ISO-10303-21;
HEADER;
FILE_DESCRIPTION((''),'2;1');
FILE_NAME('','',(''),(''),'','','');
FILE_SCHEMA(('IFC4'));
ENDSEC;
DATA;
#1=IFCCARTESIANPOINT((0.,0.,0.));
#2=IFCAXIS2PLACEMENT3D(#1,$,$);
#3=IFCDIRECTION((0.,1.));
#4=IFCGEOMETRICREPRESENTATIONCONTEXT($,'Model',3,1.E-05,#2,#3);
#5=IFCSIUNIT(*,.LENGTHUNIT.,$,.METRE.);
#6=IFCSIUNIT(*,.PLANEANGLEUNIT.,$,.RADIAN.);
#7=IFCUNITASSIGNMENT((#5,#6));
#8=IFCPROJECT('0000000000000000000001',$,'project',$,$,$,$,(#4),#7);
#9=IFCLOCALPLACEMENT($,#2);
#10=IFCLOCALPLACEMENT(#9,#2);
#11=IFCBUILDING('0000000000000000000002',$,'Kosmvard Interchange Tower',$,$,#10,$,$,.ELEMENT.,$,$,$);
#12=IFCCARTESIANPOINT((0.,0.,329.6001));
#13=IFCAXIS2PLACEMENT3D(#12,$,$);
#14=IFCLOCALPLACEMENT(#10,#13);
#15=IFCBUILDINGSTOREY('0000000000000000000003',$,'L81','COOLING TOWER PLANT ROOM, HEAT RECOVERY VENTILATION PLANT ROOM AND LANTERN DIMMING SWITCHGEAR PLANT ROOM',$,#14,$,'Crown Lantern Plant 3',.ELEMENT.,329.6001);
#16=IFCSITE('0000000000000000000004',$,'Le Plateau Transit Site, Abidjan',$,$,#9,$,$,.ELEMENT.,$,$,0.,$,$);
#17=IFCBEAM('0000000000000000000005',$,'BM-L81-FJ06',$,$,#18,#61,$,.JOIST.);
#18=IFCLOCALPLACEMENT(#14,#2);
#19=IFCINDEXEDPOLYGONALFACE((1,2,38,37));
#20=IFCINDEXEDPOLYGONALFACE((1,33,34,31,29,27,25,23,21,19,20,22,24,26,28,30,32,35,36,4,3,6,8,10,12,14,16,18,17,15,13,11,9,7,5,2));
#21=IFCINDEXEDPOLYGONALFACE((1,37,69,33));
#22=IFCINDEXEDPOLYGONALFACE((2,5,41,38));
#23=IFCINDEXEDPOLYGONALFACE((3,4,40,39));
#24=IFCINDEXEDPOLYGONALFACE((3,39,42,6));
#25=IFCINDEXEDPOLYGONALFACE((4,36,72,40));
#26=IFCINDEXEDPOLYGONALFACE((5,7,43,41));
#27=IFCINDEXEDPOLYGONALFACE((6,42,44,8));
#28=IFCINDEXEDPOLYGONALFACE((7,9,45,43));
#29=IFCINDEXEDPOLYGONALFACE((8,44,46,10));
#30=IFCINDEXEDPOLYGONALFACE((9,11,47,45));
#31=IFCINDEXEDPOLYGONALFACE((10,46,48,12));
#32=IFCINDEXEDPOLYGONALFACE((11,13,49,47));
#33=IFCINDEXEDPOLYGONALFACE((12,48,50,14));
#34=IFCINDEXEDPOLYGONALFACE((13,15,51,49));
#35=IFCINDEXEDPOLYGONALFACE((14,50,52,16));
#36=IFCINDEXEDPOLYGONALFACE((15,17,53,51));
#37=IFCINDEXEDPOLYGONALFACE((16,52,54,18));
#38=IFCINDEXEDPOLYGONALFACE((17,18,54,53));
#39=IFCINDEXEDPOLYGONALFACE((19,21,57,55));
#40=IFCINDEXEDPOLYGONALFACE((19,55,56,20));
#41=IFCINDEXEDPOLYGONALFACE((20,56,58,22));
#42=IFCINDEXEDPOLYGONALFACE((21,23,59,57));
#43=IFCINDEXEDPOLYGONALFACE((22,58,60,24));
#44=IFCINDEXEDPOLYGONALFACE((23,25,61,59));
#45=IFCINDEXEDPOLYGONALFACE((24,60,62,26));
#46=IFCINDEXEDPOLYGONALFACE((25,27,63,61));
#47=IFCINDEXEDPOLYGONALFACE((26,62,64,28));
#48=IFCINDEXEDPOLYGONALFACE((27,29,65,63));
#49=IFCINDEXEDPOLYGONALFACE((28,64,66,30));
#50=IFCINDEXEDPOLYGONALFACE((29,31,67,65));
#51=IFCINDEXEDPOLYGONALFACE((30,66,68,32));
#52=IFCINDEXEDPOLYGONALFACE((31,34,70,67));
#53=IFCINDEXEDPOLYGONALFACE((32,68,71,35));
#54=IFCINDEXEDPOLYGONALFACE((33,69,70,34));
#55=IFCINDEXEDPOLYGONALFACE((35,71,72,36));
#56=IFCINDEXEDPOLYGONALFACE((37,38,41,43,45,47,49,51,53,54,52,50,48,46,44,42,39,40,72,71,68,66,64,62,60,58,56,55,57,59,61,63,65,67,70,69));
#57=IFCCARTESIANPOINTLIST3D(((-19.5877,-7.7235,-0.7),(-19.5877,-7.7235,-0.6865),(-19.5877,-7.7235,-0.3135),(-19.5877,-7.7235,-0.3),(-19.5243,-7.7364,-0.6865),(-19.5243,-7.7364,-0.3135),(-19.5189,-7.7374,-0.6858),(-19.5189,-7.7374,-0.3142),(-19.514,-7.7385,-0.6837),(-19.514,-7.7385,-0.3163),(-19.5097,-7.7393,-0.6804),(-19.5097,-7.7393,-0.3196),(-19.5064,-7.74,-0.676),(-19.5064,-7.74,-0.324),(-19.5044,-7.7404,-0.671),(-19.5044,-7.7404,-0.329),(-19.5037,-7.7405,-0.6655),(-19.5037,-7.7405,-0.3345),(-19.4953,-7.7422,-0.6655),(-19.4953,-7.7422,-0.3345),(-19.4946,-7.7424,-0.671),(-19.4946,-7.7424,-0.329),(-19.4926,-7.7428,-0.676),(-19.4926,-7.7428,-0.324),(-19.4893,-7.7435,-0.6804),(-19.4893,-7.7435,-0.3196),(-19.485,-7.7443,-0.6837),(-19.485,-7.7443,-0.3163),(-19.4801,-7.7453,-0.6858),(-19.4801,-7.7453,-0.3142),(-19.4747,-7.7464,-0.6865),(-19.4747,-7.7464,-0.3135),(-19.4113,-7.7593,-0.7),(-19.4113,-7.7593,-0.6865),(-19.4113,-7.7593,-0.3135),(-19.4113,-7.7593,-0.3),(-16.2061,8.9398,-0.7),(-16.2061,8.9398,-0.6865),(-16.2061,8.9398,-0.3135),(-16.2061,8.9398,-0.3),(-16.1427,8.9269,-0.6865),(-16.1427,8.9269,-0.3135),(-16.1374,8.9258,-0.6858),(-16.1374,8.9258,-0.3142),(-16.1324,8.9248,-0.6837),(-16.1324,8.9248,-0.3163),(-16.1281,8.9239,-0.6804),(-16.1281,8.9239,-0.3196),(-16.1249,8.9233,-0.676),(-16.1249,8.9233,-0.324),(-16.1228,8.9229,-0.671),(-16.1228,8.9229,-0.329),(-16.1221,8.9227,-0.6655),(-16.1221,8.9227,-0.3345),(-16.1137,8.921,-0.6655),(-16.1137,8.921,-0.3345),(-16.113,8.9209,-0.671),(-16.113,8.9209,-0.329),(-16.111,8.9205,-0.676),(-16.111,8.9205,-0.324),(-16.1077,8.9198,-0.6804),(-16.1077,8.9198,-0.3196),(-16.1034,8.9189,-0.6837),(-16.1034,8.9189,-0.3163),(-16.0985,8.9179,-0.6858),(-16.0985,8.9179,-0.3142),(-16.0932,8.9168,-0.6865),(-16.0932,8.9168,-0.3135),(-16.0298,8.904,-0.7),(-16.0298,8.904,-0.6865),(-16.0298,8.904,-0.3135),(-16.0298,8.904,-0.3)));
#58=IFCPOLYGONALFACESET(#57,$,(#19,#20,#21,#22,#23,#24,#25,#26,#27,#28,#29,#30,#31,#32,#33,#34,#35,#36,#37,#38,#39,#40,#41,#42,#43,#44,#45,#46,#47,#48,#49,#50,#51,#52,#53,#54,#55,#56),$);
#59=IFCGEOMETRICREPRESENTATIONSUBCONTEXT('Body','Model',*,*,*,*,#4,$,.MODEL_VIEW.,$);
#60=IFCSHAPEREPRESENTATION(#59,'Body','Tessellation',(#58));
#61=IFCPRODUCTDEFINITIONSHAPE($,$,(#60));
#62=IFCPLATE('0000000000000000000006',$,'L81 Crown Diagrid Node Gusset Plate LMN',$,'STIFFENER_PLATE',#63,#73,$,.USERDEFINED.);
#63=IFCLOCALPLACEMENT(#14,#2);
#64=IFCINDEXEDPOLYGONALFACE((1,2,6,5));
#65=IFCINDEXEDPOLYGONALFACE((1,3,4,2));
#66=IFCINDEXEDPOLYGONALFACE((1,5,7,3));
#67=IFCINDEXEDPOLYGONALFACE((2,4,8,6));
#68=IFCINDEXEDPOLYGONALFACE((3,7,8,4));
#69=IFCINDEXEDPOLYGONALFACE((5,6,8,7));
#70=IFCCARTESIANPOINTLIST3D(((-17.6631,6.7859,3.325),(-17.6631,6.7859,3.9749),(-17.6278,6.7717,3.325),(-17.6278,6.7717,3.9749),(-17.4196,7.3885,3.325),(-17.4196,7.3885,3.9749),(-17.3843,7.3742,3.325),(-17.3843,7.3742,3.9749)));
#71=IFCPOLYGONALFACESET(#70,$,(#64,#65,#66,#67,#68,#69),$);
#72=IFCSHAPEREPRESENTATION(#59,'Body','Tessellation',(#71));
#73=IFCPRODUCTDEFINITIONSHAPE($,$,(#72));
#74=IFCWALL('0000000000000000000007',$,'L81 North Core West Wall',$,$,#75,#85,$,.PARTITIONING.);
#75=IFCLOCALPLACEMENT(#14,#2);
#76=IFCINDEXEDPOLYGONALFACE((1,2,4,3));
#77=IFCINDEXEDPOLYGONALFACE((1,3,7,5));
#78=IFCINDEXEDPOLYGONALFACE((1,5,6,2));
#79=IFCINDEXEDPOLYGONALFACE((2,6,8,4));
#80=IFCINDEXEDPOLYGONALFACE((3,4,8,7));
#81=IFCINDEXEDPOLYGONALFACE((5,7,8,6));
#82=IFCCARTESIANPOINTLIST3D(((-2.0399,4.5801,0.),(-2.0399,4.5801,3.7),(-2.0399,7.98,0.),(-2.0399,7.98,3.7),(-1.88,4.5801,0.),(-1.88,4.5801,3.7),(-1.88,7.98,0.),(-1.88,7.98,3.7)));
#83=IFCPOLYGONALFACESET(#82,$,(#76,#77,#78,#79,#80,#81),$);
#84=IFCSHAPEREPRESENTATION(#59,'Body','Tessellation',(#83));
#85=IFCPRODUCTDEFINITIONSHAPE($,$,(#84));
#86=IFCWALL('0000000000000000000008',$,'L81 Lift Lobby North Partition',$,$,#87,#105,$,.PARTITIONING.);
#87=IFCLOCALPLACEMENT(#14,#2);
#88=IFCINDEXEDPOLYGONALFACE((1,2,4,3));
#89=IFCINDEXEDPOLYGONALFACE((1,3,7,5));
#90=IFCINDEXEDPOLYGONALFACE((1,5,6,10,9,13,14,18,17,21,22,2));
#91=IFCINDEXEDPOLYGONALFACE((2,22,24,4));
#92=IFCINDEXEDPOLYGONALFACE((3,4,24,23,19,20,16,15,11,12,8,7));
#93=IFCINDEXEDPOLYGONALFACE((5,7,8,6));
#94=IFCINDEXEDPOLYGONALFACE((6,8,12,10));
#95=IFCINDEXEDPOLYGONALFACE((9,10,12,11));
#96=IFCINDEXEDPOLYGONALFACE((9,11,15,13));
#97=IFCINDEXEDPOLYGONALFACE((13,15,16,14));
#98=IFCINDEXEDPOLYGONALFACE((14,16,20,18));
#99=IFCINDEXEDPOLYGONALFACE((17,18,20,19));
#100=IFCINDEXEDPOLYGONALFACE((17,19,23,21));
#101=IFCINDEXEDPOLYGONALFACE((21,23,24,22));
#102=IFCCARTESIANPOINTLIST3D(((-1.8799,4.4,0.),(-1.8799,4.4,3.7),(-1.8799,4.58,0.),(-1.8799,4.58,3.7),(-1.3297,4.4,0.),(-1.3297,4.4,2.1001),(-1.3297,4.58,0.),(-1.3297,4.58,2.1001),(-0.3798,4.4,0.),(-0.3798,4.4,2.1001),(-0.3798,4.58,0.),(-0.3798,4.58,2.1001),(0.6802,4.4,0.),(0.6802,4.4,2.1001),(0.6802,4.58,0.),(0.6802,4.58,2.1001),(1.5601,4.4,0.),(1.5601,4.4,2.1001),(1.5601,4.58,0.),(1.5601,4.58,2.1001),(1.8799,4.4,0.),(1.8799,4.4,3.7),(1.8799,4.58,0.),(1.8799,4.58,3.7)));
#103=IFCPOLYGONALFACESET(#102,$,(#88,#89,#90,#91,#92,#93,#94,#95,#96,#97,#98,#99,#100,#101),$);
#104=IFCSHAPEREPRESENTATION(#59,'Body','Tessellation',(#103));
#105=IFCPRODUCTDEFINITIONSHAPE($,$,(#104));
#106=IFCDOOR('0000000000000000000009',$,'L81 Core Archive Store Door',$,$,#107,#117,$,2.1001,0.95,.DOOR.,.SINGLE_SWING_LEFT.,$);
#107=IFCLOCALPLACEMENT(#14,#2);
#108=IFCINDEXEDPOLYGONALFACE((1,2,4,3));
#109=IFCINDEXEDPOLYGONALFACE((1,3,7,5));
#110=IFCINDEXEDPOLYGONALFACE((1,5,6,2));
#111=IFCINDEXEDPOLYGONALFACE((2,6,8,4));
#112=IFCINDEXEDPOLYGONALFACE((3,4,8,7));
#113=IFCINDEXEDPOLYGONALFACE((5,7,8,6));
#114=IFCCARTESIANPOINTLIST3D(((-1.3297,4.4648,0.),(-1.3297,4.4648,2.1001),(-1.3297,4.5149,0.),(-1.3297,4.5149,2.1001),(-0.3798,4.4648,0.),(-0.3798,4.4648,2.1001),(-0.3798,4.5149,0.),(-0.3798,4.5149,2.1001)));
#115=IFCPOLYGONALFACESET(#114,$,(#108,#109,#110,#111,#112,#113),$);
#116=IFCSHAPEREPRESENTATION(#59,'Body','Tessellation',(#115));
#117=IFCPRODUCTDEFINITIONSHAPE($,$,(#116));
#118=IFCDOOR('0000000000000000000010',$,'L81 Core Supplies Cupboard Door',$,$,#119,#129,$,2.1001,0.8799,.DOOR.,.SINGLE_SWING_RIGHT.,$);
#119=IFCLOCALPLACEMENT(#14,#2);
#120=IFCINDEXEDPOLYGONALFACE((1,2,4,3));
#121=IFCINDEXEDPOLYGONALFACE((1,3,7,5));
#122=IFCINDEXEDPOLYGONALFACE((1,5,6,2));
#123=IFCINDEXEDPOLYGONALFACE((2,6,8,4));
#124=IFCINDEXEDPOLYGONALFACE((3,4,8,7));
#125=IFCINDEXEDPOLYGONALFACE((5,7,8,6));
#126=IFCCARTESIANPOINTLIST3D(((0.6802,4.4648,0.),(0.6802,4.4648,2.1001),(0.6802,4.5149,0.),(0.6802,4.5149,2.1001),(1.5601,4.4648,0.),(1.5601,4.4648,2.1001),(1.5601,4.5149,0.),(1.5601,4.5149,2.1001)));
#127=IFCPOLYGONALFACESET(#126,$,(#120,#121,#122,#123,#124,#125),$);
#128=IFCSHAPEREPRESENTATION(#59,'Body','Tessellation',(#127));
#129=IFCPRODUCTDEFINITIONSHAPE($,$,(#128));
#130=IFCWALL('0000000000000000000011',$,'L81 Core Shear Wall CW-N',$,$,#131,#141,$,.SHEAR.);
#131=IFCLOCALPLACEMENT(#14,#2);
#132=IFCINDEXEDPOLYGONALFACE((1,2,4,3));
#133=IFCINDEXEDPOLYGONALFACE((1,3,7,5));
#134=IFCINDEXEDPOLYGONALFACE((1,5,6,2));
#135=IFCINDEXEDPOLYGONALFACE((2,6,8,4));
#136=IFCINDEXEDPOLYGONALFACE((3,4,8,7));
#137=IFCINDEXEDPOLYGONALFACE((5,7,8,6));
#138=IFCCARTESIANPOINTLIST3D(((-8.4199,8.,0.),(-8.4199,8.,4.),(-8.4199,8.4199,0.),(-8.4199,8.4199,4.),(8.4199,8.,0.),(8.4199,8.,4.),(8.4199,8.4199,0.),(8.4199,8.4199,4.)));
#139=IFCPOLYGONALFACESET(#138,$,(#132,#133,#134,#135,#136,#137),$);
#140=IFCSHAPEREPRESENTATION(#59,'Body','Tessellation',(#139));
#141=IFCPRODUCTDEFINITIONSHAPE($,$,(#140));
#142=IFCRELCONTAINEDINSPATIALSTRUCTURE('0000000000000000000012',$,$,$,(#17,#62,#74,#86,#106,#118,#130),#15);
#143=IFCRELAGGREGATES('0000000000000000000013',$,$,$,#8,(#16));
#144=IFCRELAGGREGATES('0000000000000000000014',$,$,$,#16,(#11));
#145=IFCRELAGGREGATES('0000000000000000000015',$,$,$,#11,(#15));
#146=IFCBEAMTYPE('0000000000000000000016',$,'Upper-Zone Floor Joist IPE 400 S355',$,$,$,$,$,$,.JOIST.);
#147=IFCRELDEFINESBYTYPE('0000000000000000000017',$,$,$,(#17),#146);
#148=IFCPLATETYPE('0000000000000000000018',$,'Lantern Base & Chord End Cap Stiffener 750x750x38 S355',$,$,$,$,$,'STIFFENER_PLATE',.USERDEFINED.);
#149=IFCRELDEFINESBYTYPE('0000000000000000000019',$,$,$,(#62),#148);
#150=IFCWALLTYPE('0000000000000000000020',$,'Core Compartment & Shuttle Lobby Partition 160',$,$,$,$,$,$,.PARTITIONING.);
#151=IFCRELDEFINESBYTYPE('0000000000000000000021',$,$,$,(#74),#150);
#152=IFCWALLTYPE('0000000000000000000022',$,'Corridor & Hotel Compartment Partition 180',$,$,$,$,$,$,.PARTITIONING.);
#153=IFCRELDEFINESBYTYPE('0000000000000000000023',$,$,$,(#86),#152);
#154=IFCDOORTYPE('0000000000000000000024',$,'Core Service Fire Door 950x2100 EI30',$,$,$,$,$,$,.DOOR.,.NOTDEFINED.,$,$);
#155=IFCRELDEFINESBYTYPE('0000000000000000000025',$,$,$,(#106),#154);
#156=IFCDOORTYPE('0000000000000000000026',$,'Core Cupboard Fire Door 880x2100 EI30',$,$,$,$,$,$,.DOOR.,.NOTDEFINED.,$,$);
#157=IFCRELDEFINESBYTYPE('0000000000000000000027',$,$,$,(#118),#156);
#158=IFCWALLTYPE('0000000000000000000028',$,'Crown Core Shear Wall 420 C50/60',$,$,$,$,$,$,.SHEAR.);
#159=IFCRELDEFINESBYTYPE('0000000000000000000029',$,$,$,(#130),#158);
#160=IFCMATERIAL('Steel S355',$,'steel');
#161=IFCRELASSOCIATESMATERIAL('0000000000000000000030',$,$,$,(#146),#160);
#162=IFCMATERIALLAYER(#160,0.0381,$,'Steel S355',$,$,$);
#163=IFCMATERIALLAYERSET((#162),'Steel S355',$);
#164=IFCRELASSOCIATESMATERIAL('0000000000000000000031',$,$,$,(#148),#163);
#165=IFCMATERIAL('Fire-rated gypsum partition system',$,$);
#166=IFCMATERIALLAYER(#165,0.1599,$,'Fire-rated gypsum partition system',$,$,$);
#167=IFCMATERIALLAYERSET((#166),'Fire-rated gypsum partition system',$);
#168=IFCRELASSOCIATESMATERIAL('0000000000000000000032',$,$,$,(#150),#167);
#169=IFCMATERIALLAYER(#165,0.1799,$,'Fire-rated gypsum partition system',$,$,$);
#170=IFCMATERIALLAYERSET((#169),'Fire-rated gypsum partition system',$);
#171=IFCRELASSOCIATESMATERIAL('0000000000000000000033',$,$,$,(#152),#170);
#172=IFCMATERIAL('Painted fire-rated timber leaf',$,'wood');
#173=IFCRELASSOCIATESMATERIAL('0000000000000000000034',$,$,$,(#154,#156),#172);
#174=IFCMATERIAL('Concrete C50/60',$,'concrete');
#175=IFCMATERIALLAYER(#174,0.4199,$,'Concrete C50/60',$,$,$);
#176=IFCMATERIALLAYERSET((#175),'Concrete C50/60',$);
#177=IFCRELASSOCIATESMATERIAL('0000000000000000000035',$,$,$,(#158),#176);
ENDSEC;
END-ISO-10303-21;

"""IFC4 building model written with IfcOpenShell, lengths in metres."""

from ifc_helpers import new_model, si_unit, direction, frame, frame_2d, origin, origin_2d, place, context, subcontext, project, spatial, rectangle, i_section, extrude, source, transform, mapped, material, layer, layer_set, material_profile, profile_set, type_object, element, fill, save


model = new_model("IFC4")

# Units and contexts
model_context = context("Model", 3, precision=1e-05, world=origin(), true_north=direction((0.0, 1.0)))
body_context = subcontext(model_context, "Body", "Model", "MODEL_VIEW")
ifc_project = project(units=[si_unit("LENGTHUNIT", "METRE"), si_unit("PLANEANGLEUNIT", "RADIAN")], contexts=[model_context])

# Site, building, storey
site_placement = place(None, origin())
site = spatial("IfcSite", under=ifc_project, at=site_placement, Name="Le Plateau Transit Site, Abidjan", CompositionType="ELEMENT", RefElevation=0.0)
building_placement = place(site_placement, origin())
building = spatial("IfcBuilding", under=site, at=building_placement, Name="Kosmvard Interchange Tower", CompositionType="ELEMENT")
storey_placement = place(building_placement, frame((0.0, 0.0, 329.6001)))
storey = spatial("IfcBuildingStorey", under=building, at=storey_placement, Name="L81", Description="COOLING TOWER PLANT ROOM, HEAT RECOVERY VENTILATION PLANT ROOM AND LANTERN DIMMING SWITCHGEAR PLANT ROOM", LongName="Crown Lantern Plant 3", CompositionType="ELEMENT", Elevation=329.6001)

# Shared definitions
ifc_material_1 = material(Name="Concrete C50/60", Category="concrete")
ifc_material_2 = material(Name="Steel S355", Category="steel")

# Beam
ifc_material_profile_1 = material_profile(ifc_material_2, i_section(OverallWidth=0.1799, OverallDepth=0.3999, WebThickness=0.0085, FlangeThickness=0.0134, FilletRadius=0.021, at=origin_2d()), Name="IPE 400")
ifc_profile_set_1 = profile_set([ifc_material_profile_1], Name="Steel S355")
beam_type_1 = type_object("IfcBeamType", Name="Upper-Zone Floor Joist IPE 400 S355", PredefinedType="JOIST", material=ifc_profile_set_1)
shared_shape_1 = source(origin(), body_context, "Body", "SweptSolid", [
    extrude(i_section(OverallWidth=0.1799, OverallDepth=0.3999, WebThickness=0.0085, FlangeThickness=0.0134, FilletRadius=0.021, at=origin_2d()), origin(), (0.0, 0.0, 1.0), 17.0029),
])
beam_1_placement = place(storey_placement, frame((-16.1179, 8.9219, -0.5), z_axis=(-0.198882, -0.980023, 0.0), x_axis=(0.980023, -0.198882, 0.0)))
element("IfcBeam", 1, at=beam_1_placement, inside=storey, type_object=beam_type_1, Name="BM-L81-FJ06", PredefinedType="JOIST", context=body_context, shape_type="MappedRepresentation", body=[
    mapped(shared_shape_1, transform((0.0, 0.0, 0.0), scale=1.0)),
])

# Plate
ifc_layer_1 = layer(ifc_material_2, 0.0381, Name="Steel S355")
ifc_layer_set_1 = layer_set([ifc_layer_1], Name="Steel S355")
plate_type = type_object("IfcPlateType", Name="Lantern Base & Chord End Cap Stiffener 750x750x38 S355", ElementType="STIFFENER_PLATE", PredefinedType="USERDEFINED", material=ifc_layer_set_1)
shared_shape_2 = source(origin(), body_context, "Body", "SweptSolid", [
    extrude(rectangle(XDim=0.6499, YDim=0.0381, at=origin_2d()), origin(), (0.0, 0.0, 1.0), 0.6499),
])
plate_placement = place(storey_placement, frame((-17.5237, 7.0801, 3.325), z_axis=(0.0, 0.0, 1.0), x_axis=(0.374607, 0.927184, 0.0)))
element("IfcPlate", 2, at=plate_placement, inside=storey, type_object=plate_type, Name="L81 Crown Diagrid Node Gusset Plate LMN", ObjectType="STIFFENER_PLATE", PredefinedType="USERDEFINED", context=body_context, shape_type="MappedRepresentation", body=[
    mapped(shared_shape_2, transform((0.0, 0.0, 0.0), scale=1.0)),
])

# Wall
ifc_material_3 = material(Name="Fire-rated gypsum partition system")
ifc_layer_2 = layer(ifc_material_3, 0.1599, Name="Fire-rated gypsum partition system")
ifc_layer_set_2 = layer_set([ifc_layer_2], Name="Fire-rated gypsum partition system")
wall_type_1 = type_object("IfcWallType", Name="Core Compartment & Shuttle Lobby Partition 160", PredefinedType="PARTITIONING", material=ifc_layer_set_2)
wall_1_placement = place(storey_placement, frame((-1.96, 4.5801, 0.0), z_axis=(0.0, 0.0, 1.0), x_axis=(0.0, 1.0, 0.0)))
element("IfcWall", 3, at=wall_1_placement, inside=storey, type_object=wall_type_1, Name="L81 North Core West Wall", PredefinedType="PARTITIONING", context=body_context, shape_type="SweptSolid", body=[
    extrude(rectangle(XDim=3.3999, YDim=0.1599, at=frame_2d((1.7, 0.0))), origin(), (0.0, 0.0, 1.0), 3.7),
])

# Wall, openings, doors
ifc_layer_3 = layer(ifc_material_3, 0.1799, Name="Fire-rated gypsum partition system")
ifc_layer_set_3 = layer_set([ifc_layer_3], Name="Fire-rated gypsum partition system")
wall_type_2 = type_object("IfcWallType", Name="Corridor & Hotel Compartment Partition 180", PredefinedType="PARTITIONING", material=ifc_layer_set_3)
wall_2_placement = place(storey_placement, frame((-1.8799, 4.49, 0.0), z_axis=(0.0, 0.0, 1.0), x_axis=(1.0, 0.0, 0.0)))
wall_2 = element("IfcWall", 4, at=wall_2_placement, inside=storey, type_object=wall_type_2, Name="L81 Lift Lobby North Partition", PredefinedType="PARTITIONING", context=body_context, shape_type="SweptSolid", body=[
    extrude(rectangle(XDim=3.7598, YDim=0.1799, at=frame_2d((1.8799, 0.0))), origin(), (0.0, 0.0, 1.0), 3.7),
])
opening_1_placement = place(wall_2_placement, frame((0.55, 0.0, 0.0)))
opening_1 = element("IfcOpeningElement", 5, at=opening_1_placement, cuts=wall_2, PredefinedType="OPENING", context=body_context, shape_type="SweptSolid", body=[
    extrude(rectangle(XDim=0.95, YDim=2.1001, at=frame_2d((0.4751, 1.05))), frame((0.0, 0.1001, 0.0), z_axis=(0.0, -1.0, 0.0), x_axis=(1.0, 0.0, 0.0)), (0.0, 0.0, 1.0), 0.2),
])
opening_2_placement = place(wall_2_placement, frame((2.5601, 0.0, 0.0)))
opening_2 = element("IfcOpeningElement", 6, at=opening_2_placement, cuts=wall_2, PredefinedType="OPENING", context=body_context, shape_type="SweptSolid", body=[
    extrude(rectangle(XDim=0.8799, YDim=2.1001, at=frame_2d((0.4399, 1.05))), frame((0.0, 0.1001, 0.0), z_axis=(0.0, -1.0, 0.0), x_axis=(1.0, 0.0, 0.0)), (0.0, 0.0, 1.0), 0.2),
])
ifc_material_4 = material(Name="Painted fire-rated timber leaf", Category="wood")
door_type_1 = type_object("IfcDoorType", Name="Core Service Fire Door 950x2100 EI30", OperationType="NOTDEFINED", PredefinedType="DOOR", material=ifc_material_4)
shared_shape_3 = source(origin(), body_context, "Body", "SweptSolid", [
    extrude(rectangle(XDim=0.95, YDim=2.1001, at=frame_2d((0.4751, 1.05))), frame((0.0, 0.0249, 0.0), z_axis=(0.0, -1.0, 0.0), x_axis=(1.0, 0.0, 0.0)), (0.0, 0.0, 1.0), 0.05),
])
door_1_placement = place(opening_1_placement, origin())
door_1 = element("IfcDoor", 7, at=door_1_placement, inside=storey, type_object=door_type_1, Name="L81 Core Archive Store Door", OperationType="SINGLE_SWING_LEFT", OverallHeight=2.1001, OverallWidth=0.95, PredefinedType="DOOR", context=body_context, shape_type="MappedRepresentation", body=[
    mapped(shared_shape_3, transform((0.0, 0.0, 0.0), scale=1.0)),
])
fill(opening_1, door_1)
door_type_2 = type_object("IfcDoorType", Name="Core Cupboard Fire Door 880x2100 EI30", OperationType="NOTDEFINED", PredefinedType="DOOR", material=ifc_material_4)
shared_shape_4 = source(origin(), body_context, "Body", "SweptSolid", [
    extrude(rectangle(XDim=0.8799, YDim=2.1001, at=frame_2d((0.4399, 1.05))), frame((0.0, 0.0249, 0.0), z_axis=(0.0, -1.0, 0.0), x_axis=(1.0, 0.0, 0.0)), (0.0, 0.0, 1.0), 0.05),
])
door_2_placement = place(opening_2_placement, origin())
door_2 = element("IfcDoor", 8, at=door_2_placement, inside=storey, type_object=door_type_2, Name="L81 Core Supplies Cupboard Door", OperationType="SINGLE_SWING_RIGHT", OverallHeight=2.1001, OverallWidth=0.8799, PredefinedType="DOOR", context=body_context, shape_type="MappedRepresentation", body=[
    mapped(shared_shape_4, transform((0.0, 0.0, 0.0), scale=1.0)),
])
fill(opening_2, door_2)

# Wall
ifc_layer_4 = layer(ifc_material_1, 0.4199, Name="Concrete C50/60")
ifc_layer_set_4 = layer_set([ifc_layer_4], Name="Concrete C50/60")
wall_type_3 = type_object("IfcWallType", Name="Crown Core Shear Wall 420 C50/60", PredefinedType="SHEAR", material=ifc_layer_set_4)
wall_3_placement = place(storey_placement, frame((-8.4199, 8.21, 0.0), z_axis=(0.0, 0.0, 1.0), x_axis=(1.0, 0.0, 0.0)))
element("IfcWall", 9, at=wall_3_placement, inside=storey, type_object=wall_type_3, Name="L81 Core Shear Wall CW-N", PredefinedType="SHEAR", context=body_context, shape_type="SweptSolid", body=[
    extrude(rectangle(XDim=16.8398, YDim=0.4199, at=frame_2d((8.4199, 0.0))), origin(), (0.0, 0.0, 1.0), 4.0),
])

save(model, "model.ifc")
